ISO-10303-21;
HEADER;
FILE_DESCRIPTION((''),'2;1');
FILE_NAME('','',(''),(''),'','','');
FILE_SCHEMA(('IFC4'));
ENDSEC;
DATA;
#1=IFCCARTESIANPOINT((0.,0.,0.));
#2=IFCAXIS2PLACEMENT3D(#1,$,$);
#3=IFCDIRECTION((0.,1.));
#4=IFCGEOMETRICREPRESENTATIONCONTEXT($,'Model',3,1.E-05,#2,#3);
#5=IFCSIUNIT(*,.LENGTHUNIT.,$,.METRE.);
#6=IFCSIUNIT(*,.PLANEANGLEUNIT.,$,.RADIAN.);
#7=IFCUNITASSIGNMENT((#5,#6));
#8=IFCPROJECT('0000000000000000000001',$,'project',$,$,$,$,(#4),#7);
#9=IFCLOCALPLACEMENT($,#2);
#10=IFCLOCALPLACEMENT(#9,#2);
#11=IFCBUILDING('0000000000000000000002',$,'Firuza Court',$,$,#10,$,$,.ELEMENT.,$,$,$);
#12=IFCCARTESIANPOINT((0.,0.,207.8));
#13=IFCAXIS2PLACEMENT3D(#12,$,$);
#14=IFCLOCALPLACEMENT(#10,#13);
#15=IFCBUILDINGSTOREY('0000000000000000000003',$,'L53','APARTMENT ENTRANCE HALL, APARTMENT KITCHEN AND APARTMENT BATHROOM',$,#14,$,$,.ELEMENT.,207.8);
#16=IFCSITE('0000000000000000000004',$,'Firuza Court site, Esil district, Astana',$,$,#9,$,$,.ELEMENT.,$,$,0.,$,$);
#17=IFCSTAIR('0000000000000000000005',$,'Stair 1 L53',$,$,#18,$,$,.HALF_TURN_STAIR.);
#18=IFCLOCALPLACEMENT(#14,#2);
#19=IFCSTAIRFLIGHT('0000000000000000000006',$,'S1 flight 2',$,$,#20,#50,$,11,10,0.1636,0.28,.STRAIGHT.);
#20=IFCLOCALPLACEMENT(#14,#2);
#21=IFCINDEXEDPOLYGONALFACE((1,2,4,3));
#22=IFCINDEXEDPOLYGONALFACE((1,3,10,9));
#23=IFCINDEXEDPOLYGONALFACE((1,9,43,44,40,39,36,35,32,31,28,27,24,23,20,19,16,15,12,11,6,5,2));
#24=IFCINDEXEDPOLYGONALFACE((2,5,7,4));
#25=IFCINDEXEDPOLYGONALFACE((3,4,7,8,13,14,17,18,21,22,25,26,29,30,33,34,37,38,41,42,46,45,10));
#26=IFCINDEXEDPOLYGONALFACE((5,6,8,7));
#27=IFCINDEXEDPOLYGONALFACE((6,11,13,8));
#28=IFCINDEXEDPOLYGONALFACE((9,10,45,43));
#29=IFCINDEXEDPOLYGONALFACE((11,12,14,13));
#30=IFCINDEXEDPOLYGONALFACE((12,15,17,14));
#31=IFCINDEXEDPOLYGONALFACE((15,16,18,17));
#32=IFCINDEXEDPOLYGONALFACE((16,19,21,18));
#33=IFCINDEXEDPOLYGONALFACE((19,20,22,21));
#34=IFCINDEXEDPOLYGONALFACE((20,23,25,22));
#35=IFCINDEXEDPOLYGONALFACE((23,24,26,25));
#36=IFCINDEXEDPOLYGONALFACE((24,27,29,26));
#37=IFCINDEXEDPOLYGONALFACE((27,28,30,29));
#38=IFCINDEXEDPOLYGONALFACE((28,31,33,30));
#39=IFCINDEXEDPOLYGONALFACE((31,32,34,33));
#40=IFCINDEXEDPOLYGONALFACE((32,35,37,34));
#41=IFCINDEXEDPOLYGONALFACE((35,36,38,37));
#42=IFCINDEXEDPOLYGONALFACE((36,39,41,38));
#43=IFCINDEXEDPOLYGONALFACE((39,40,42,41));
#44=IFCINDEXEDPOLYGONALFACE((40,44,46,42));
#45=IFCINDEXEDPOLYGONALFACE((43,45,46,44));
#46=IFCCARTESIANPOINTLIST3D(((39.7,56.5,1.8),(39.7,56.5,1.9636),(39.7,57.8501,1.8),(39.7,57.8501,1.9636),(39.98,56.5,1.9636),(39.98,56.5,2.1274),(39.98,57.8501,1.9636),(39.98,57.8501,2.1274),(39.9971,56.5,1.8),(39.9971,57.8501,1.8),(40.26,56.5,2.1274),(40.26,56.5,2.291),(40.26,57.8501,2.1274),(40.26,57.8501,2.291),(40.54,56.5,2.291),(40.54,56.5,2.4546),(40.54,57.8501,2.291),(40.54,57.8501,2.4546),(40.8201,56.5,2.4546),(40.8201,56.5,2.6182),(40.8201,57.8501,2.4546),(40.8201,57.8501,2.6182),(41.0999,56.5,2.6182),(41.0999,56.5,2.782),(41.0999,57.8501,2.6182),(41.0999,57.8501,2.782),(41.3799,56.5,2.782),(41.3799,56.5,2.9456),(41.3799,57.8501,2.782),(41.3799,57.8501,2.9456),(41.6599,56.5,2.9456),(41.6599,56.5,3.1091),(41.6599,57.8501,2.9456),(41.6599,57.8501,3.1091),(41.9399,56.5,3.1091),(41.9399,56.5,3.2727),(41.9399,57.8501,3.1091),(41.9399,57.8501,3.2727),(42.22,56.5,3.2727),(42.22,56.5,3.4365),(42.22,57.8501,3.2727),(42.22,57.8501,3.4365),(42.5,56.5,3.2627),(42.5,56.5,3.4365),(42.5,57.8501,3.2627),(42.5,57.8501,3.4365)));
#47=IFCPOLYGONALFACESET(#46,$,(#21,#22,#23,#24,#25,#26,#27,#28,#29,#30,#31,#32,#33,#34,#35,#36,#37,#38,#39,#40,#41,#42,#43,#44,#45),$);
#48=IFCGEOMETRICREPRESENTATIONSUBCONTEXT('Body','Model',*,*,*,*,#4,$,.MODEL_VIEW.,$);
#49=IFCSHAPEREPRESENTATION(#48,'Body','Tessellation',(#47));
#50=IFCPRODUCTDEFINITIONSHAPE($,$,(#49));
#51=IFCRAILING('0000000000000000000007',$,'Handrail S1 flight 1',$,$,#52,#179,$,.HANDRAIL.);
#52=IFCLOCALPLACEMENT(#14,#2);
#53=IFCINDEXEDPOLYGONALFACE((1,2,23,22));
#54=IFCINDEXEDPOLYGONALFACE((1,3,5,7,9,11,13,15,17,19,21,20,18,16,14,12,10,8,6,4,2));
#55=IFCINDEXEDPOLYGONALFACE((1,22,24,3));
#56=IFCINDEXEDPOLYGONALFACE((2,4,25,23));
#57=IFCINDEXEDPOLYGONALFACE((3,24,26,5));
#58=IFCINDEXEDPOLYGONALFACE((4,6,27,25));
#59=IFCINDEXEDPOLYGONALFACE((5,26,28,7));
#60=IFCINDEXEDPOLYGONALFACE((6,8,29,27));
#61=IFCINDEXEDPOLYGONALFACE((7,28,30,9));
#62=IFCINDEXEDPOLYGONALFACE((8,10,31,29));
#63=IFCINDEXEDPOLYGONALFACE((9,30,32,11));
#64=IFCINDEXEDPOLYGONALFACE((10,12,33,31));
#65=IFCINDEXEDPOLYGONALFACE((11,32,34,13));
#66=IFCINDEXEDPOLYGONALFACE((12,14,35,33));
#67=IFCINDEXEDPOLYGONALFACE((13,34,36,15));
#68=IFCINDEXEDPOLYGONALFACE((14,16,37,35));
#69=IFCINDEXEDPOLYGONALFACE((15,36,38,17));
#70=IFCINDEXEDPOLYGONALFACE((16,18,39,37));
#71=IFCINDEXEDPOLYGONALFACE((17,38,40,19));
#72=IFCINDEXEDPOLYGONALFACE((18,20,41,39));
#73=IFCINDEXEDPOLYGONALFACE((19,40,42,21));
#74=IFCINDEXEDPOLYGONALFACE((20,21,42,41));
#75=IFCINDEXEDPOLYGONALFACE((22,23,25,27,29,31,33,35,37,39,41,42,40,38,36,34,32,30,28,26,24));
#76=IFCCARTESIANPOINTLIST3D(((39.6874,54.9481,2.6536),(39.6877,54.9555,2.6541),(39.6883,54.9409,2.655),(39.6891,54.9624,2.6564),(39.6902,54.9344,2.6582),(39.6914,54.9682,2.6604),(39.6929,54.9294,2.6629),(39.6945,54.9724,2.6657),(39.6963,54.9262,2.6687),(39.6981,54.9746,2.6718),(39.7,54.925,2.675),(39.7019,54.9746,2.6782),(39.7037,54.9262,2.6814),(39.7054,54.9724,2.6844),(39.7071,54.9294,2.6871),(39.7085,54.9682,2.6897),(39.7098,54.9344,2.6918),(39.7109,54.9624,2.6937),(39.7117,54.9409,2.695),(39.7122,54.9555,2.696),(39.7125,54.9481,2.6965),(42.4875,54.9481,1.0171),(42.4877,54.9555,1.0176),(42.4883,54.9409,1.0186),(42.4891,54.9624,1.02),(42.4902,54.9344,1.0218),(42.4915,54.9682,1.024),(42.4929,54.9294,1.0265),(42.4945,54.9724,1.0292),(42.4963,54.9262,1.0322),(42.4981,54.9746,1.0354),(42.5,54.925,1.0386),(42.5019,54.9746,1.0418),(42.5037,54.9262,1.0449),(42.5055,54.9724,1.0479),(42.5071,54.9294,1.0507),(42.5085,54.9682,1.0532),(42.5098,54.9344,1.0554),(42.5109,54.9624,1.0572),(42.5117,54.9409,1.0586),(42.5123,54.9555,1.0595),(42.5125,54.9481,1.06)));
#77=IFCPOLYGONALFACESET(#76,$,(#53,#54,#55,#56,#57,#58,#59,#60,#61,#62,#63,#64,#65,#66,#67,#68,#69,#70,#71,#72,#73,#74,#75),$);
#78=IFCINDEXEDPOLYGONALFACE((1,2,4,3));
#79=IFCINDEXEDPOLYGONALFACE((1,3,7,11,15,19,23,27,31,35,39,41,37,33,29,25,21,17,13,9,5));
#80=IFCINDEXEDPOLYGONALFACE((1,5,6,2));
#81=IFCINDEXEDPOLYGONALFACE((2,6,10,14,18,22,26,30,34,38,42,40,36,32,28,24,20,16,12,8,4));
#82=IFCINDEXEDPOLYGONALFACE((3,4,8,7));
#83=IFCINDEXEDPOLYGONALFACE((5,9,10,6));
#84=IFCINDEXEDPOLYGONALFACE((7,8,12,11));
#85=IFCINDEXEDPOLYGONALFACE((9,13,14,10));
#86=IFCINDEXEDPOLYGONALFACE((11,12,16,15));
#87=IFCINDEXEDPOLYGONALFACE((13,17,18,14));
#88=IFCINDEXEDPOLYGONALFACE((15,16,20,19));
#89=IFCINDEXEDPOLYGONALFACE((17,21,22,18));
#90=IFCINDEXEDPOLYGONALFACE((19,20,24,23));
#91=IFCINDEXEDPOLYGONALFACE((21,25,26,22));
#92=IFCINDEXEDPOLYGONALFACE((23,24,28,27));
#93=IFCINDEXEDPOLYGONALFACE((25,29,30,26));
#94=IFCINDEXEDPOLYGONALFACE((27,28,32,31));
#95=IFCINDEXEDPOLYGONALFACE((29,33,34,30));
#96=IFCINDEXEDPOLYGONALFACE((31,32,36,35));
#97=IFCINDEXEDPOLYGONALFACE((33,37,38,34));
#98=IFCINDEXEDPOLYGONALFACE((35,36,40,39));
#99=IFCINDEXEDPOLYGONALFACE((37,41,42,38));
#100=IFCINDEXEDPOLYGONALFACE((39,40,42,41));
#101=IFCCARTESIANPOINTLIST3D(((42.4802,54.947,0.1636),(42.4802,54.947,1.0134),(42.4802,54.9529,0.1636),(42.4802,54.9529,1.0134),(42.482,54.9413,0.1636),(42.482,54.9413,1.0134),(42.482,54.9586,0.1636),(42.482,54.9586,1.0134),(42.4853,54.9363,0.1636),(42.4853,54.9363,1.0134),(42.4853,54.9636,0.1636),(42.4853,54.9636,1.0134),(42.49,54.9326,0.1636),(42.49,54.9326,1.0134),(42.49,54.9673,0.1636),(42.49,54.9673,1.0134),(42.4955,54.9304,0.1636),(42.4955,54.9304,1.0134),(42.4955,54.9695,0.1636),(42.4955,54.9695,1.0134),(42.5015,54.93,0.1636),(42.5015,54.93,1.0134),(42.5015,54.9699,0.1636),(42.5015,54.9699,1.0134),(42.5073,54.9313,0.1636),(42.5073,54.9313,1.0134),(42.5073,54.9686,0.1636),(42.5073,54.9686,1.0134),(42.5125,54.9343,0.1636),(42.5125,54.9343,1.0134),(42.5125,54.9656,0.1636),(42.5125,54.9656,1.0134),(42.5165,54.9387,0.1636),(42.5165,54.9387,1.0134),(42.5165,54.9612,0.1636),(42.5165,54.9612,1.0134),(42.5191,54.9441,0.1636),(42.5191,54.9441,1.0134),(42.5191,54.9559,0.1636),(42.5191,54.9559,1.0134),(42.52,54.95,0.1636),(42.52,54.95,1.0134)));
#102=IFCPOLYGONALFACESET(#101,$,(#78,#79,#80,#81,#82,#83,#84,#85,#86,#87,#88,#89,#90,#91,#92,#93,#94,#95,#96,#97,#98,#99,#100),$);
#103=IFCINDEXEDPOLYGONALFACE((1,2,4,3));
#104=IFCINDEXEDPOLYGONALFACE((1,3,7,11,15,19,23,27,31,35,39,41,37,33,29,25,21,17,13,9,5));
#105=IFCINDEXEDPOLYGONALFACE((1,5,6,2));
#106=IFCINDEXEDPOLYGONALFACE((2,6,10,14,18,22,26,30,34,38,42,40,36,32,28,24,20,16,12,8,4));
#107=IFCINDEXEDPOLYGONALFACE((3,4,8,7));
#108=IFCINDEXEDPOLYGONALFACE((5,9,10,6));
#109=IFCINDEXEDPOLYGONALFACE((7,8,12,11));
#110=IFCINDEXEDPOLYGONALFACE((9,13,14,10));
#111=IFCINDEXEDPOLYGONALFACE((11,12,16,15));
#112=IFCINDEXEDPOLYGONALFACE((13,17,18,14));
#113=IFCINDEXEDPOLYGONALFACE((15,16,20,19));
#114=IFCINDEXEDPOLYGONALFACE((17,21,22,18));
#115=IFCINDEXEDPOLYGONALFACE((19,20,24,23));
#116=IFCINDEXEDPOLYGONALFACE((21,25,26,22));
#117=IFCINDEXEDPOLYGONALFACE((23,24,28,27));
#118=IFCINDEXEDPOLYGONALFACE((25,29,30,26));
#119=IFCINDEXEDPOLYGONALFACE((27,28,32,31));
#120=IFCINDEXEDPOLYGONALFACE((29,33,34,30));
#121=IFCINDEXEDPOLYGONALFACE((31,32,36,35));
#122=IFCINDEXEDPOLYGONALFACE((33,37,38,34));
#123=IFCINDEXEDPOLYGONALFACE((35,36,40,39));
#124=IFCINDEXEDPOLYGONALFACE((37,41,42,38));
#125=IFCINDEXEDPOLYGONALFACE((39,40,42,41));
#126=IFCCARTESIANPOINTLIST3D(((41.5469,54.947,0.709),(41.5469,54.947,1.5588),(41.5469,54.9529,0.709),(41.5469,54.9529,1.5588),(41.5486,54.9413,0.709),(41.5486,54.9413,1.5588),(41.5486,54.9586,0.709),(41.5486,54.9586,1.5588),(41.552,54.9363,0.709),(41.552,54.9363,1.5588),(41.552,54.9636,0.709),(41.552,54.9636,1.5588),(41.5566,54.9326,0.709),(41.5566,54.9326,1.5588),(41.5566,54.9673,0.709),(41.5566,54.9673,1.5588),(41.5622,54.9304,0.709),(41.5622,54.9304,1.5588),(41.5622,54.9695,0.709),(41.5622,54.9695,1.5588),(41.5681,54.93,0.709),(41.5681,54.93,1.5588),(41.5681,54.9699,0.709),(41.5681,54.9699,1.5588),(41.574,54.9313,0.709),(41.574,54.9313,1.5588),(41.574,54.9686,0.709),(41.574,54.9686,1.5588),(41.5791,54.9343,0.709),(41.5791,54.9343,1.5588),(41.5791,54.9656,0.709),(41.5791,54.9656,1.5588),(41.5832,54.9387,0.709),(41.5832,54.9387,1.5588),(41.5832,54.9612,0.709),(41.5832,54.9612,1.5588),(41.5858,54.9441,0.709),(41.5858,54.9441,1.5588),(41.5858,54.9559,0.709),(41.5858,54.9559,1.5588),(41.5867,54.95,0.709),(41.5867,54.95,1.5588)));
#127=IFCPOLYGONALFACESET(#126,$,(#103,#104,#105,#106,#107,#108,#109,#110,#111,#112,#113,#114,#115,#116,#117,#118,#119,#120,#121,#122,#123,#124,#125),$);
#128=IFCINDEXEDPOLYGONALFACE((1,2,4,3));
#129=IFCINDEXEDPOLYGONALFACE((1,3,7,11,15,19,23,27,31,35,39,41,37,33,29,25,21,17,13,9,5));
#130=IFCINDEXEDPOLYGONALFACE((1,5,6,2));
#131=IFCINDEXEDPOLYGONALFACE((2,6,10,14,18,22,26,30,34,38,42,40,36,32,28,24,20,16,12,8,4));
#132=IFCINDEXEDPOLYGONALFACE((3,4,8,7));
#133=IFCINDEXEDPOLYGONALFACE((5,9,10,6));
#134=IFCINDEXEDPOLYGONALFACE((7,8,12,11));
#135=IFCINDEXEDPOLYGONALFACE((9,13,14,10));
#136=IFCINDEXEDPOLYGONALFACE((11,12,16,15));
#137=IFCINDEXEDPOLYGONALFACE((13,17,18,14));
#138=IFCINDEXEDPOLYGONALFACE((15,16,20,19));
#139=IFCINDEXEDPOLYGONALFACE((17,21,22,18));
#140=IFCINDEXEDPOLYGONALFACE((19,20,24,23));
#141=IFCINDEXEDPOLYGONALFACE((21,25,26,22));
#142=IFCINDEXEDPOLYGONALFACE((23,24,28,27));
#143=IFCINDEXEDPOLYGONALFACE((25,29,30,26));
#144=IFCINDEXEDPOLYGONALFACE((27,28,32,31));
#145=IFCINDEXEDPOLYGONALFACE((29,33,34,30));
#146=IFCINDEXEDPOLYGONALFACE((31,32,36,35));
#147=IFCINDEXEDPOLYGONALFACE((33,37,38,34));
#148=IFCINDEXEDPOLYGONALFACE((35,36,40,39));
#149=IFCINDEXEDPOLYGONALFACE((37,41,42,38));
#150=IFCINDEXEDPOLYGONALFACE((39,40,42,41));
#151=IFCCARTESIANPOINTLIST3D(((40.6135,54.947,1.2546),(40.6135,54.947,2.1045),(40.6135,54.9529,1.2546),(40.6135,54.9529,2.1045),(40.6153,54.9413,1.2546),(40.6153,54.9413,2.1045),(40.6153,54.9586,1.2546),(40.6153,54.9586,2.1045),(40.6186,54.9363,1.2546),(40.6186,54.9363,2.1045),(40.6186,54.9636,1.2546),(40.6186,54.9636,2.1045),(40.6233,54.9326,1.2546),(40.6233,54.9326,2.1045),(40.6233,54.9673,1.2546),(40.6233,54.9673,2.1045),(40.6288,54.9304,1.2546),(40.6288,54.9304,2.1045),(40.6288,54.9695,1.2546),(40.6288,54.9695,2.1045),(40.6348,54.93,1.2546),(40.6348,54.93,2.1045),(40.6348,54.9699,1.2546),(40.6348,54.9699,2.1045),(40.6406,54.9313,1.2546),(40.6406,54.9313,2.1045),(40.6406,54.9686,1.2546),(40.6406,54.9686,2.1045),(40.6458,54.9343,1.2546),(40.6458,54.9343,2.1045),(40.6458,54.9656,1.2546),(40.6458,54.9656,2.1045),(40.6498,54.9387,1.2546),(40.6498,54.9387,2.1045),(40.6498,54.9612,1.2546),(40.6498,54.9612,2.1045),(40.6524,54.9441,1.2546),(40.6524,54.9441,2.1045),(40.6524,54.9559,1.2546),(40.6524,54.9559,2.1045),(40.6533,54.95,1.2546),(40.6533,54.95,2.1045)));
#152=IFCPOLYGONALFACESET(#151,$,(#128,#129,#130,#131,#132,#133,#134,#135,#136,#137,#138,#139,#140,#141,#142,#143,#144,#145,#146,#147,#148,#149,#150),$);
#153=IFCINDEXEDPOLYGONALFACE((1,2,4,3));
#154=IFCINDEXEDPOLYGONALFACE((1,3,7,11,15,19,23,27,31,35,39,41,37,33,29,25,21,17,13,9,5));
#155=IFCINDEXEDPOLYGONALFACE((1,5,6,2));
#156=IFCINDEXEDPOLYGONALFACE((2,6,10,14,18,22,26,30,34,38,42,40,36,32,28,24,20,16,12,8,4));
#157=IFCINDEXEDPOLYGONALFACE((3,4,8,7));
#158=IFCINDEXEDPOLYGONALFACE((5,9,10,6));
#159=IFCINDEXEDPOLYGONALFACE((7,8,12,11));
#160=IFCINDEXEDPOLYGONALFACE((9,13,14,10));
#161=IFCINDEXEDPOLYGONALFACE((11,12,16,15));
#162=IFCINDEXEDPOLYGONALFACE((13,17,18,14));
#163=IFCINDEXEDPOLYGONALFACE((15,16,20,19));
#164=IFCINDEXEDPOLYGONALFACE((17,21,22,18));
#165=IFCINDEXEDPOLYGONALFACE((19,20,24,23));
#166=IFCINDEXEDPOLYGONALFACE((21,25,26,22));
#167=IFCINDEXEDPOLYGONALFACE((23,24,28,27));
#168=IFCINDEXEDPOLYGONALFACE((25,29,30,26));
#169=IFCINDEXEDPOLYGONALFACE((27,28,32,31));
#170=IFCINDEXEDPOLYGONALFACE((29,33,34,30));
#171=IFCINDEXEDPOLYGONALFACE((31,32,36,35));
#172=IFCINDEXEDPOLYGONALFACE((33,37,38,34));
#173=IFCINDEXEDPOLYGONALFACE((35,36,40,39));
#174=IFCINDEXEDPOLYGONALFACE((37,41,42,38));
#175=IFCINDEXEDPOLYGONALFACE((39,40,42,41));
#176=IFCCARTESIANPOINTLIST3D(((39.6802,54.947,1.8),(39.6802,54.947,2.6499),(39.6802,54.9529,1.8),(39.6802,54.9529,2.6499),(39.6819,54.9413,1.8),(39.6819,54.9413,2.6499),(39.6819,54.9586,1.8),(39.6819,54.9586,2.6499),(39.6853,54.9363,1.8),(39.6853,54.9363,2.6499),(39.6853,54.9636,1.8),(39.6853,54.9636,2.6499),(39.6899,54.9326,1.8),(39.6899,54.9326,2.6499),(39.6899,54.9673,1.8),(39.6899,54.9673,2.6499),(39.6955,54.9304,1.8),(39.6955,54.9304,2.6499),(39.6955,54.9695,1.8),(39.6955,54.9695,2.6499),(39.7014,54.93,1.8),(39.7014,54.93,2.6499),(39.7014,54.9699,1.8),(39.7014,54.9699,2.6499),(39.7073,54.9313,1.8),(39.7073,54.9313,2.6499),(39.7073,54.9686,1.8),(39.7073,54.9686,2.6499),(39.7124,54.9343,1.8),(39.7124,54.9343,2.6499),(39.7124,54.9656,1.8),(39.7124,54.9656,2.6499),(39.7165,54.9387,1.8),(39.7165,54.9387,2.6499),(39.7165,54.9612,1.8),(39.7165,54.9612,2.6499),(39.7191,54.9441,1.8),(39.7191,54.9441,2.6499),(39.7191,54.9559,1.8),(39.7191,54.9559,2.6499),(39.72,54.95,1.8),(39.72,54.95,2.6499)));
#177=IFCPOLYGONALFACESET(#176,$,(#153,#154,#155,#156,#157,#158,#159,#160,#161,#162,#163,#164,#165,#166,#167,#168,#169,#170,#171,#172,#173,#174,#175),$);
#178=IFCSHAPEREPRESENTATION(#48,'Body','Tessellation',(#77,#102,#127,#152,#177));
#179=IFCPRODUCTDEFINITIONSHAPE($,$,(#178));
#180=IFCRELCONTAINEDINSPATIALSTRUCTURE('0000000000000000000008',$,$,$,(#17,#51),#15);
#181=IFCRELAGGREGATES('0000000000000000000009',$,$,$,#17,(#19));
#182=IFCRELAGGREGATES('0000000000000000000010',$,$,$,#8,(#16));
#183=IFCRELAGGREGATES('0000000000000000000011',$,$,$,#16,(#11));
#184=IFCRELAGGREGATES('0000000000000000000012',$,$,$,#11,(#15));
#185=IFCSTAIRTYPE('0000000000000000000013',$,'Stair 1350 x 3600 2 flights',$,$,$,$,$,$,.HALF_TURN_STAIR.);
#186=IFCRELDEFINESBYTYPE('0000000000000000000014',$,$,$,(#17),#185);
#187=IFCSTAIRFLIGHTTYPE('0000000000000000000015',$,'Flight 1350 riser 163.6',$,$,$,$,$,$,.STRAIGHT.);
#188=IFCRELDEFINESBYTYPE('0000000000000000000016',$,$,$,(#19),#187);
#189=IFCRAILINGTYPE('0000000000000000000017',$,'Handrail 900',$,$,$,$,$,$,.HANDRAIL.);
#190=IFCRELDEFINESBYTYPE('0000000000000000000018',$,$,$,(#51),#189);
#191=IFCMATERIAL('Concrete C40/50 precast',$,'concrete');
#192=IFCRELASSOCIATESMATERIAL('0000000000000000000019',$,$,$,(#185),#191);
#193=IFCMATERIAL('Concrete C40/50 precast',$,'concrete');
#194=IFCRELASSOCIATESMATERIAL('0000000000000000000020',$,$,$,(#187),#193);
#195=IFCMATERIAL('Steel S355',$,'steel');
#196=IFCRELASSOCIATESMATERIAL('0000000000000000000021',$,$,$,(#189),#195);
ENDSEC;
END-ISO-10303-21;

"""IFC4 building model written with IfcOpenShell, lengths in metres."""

from ifc_helpers import new_model, si_unit, direction, frame, origin, origin_2d, place, context, subcontext, project, spatial, polyline, circle, outline, extrude, material, type_object, element, aggregate, save


model = new_model("IFC4")

# Units and contexts
model_context = context("Model", 3, precision=1e-05, world=origin(), true_north=direction((0.0, 1.0)))
body_context = subcontext(model_context, "Body", "Model", "MODEL_VIEW")
ifc_project = project(units=[si_unit("LENGTHUNIT", "METRE"), si_unit("PLANEANGLEUNIT", "RADIAN")], contexts=[model_context])

# Site, building, storey
site_placement = place(None, origin())
site = spatial("IfcSite", under=ifc_project, at=site_placement, Name="Firuza Court site, Esil district, Astana", CompositionType="ELEMENT", RefElevation=0.0)
building_placement = place(site_placement, origin())
building = spatial("IfcBuilding", under=site, at=building_placement, Name="Firuza Court", CompositionType="ELEMENT")
storey_placement = place(building_placement, frame((0.0, 0.0, 207.8)))
storey = spatial("IfcBuildingStorey", under=building, at=storey_placement, Name="L53", Description="APARTMENT ENTRANCE HALL, APARTMENT KITCHEN AND APARTMENT BATHROOM", CompositionType="ELEMENT", Elevation=207.8)

# Stair, stair flight
ifc_material_1 = material(Name="Concrete C40/50 precast", Category="concrete")
stair_type = type_object("IfcStairType", Name="Stair 1350 x 3600 2 flights", PredefinedType="HALF_TURN_STAIR", material=ifc_material_1)
stair_placement = place(storey_placement, origin())
stair = element("IfcStair", 1, at=stair_placement, inside=storey, type_object=stair_type, Name="Stair 1 L53", PredefinedType="HALF_TURN_STAIR")
ifc_material_2 = material(Name="Concrete C40/50 precast", Category="concrete")
stair_flight_type = type_object("IfcStairFlightType", Name="Flight 1350 riser 163.6", PredefinedType="STRAIGHT", material=ifc_material_2)
stair_flight_1_placement = place(storey_placement, frame((39.7, 57.175, 1.8), z_axis=(0.0, 0.0, 1.0), x_axis=(1.0, 0.0, 0.0)))
stair_flight_1 = element("IfcStairFlight", 2, at=stair_flight_1_placement, type_object=stair_flight_type, Name="S1 flight 2", NumberOfRisers=11, NumberOfTreads=10, PredefinedType="STRAIGHT", RiserHeight=0.1636, TreadLength=0.28, context=body_context, shape_type="SweptSolid", body=[
    extrude(outline(polyline([(0.0, 0.0), (0.0, 0.1636), (0.28, 0.1636), (0.28, 0.3274), (0.5601, 0.3274), (0.5601, 0.491), (0.8401, 0.491), (0.8401, 0.6545), (1.1201, 0.6545), (1.1201, 0.8181), (1.3999, 0.8181), (1.3999, 0.9819), (1.6799, 0.9819), (1.6799, 1.1455), (1.96, 1.1455), (1.96, 1.3091), (2.24, 1.3091), (2.24, 1.4727), (2.52, 1.4727), (2.52, 1.6365), (2.8, 1.6365), (2.8, 1.8), (2.8, 1.4626), (0.2971, 0.0), (0.0, 0.0)])), frame((0.0, 0.675, 0.0), z_axis=(0.0, -1.0, 0.0), x_axis=(1.0, 0.0, 0.0)), (0.0, 0.0, 1.0), 1.3501),
])
aggregate(stair, [stair_flight_1])

# Railing
ifc_material_3 = material(Name="Steel S355", Category="steel")
railing_type_1 = type_object("IfcRailingType", Name="Handrail 900", PredefinedType="HANDRAIL", material=ifc_material_3)
railing_1_placement = place(storey_placement, frame((42.5, 54.95, 0.1636)))
element("IfcRailing", 3, at=railing_1_placement, inside=storey, type_object=railing_type_1, Name="Handrail S1 flight 1", PredefinedType="HANDRAIL", context=body_context, shape_type="SweptSolid", body=[
    extrude(circle(Radius=0.0249, at=origin_2d()), frame((0.0, 0.0, 0.875), z_axis=(-0.863361, 0.0, 0.504587), x_axis=(0.0, -1.0, 0.0)), (0.0, 0.0, 1.0), 3.2432),
    extrude(circle(Radius=0.02, at=origin_2d()), origin(), (0.0, 0.0, 1.0), 0.8499),
    extrude(circle(Radius=0.02, at=origin_2d()), frame((-0.9333, 0.0, 0.5454)), (0.0, 0.0, 1.0), 0.8499),
    extrude(circle(Radius=0.02, at=origin_2d()), frame((-1.8667, 0.0, 1.0911)), (0.0, 0.0, 1.0), 0.8499),
    extrude(circle(Radius=0.02, at=origin_2d()), frame((-2.8, 0.0, 1.6365)), (0.0, 0.0, 1.0), 0.8499),
])

save(model, "model.ifc")
